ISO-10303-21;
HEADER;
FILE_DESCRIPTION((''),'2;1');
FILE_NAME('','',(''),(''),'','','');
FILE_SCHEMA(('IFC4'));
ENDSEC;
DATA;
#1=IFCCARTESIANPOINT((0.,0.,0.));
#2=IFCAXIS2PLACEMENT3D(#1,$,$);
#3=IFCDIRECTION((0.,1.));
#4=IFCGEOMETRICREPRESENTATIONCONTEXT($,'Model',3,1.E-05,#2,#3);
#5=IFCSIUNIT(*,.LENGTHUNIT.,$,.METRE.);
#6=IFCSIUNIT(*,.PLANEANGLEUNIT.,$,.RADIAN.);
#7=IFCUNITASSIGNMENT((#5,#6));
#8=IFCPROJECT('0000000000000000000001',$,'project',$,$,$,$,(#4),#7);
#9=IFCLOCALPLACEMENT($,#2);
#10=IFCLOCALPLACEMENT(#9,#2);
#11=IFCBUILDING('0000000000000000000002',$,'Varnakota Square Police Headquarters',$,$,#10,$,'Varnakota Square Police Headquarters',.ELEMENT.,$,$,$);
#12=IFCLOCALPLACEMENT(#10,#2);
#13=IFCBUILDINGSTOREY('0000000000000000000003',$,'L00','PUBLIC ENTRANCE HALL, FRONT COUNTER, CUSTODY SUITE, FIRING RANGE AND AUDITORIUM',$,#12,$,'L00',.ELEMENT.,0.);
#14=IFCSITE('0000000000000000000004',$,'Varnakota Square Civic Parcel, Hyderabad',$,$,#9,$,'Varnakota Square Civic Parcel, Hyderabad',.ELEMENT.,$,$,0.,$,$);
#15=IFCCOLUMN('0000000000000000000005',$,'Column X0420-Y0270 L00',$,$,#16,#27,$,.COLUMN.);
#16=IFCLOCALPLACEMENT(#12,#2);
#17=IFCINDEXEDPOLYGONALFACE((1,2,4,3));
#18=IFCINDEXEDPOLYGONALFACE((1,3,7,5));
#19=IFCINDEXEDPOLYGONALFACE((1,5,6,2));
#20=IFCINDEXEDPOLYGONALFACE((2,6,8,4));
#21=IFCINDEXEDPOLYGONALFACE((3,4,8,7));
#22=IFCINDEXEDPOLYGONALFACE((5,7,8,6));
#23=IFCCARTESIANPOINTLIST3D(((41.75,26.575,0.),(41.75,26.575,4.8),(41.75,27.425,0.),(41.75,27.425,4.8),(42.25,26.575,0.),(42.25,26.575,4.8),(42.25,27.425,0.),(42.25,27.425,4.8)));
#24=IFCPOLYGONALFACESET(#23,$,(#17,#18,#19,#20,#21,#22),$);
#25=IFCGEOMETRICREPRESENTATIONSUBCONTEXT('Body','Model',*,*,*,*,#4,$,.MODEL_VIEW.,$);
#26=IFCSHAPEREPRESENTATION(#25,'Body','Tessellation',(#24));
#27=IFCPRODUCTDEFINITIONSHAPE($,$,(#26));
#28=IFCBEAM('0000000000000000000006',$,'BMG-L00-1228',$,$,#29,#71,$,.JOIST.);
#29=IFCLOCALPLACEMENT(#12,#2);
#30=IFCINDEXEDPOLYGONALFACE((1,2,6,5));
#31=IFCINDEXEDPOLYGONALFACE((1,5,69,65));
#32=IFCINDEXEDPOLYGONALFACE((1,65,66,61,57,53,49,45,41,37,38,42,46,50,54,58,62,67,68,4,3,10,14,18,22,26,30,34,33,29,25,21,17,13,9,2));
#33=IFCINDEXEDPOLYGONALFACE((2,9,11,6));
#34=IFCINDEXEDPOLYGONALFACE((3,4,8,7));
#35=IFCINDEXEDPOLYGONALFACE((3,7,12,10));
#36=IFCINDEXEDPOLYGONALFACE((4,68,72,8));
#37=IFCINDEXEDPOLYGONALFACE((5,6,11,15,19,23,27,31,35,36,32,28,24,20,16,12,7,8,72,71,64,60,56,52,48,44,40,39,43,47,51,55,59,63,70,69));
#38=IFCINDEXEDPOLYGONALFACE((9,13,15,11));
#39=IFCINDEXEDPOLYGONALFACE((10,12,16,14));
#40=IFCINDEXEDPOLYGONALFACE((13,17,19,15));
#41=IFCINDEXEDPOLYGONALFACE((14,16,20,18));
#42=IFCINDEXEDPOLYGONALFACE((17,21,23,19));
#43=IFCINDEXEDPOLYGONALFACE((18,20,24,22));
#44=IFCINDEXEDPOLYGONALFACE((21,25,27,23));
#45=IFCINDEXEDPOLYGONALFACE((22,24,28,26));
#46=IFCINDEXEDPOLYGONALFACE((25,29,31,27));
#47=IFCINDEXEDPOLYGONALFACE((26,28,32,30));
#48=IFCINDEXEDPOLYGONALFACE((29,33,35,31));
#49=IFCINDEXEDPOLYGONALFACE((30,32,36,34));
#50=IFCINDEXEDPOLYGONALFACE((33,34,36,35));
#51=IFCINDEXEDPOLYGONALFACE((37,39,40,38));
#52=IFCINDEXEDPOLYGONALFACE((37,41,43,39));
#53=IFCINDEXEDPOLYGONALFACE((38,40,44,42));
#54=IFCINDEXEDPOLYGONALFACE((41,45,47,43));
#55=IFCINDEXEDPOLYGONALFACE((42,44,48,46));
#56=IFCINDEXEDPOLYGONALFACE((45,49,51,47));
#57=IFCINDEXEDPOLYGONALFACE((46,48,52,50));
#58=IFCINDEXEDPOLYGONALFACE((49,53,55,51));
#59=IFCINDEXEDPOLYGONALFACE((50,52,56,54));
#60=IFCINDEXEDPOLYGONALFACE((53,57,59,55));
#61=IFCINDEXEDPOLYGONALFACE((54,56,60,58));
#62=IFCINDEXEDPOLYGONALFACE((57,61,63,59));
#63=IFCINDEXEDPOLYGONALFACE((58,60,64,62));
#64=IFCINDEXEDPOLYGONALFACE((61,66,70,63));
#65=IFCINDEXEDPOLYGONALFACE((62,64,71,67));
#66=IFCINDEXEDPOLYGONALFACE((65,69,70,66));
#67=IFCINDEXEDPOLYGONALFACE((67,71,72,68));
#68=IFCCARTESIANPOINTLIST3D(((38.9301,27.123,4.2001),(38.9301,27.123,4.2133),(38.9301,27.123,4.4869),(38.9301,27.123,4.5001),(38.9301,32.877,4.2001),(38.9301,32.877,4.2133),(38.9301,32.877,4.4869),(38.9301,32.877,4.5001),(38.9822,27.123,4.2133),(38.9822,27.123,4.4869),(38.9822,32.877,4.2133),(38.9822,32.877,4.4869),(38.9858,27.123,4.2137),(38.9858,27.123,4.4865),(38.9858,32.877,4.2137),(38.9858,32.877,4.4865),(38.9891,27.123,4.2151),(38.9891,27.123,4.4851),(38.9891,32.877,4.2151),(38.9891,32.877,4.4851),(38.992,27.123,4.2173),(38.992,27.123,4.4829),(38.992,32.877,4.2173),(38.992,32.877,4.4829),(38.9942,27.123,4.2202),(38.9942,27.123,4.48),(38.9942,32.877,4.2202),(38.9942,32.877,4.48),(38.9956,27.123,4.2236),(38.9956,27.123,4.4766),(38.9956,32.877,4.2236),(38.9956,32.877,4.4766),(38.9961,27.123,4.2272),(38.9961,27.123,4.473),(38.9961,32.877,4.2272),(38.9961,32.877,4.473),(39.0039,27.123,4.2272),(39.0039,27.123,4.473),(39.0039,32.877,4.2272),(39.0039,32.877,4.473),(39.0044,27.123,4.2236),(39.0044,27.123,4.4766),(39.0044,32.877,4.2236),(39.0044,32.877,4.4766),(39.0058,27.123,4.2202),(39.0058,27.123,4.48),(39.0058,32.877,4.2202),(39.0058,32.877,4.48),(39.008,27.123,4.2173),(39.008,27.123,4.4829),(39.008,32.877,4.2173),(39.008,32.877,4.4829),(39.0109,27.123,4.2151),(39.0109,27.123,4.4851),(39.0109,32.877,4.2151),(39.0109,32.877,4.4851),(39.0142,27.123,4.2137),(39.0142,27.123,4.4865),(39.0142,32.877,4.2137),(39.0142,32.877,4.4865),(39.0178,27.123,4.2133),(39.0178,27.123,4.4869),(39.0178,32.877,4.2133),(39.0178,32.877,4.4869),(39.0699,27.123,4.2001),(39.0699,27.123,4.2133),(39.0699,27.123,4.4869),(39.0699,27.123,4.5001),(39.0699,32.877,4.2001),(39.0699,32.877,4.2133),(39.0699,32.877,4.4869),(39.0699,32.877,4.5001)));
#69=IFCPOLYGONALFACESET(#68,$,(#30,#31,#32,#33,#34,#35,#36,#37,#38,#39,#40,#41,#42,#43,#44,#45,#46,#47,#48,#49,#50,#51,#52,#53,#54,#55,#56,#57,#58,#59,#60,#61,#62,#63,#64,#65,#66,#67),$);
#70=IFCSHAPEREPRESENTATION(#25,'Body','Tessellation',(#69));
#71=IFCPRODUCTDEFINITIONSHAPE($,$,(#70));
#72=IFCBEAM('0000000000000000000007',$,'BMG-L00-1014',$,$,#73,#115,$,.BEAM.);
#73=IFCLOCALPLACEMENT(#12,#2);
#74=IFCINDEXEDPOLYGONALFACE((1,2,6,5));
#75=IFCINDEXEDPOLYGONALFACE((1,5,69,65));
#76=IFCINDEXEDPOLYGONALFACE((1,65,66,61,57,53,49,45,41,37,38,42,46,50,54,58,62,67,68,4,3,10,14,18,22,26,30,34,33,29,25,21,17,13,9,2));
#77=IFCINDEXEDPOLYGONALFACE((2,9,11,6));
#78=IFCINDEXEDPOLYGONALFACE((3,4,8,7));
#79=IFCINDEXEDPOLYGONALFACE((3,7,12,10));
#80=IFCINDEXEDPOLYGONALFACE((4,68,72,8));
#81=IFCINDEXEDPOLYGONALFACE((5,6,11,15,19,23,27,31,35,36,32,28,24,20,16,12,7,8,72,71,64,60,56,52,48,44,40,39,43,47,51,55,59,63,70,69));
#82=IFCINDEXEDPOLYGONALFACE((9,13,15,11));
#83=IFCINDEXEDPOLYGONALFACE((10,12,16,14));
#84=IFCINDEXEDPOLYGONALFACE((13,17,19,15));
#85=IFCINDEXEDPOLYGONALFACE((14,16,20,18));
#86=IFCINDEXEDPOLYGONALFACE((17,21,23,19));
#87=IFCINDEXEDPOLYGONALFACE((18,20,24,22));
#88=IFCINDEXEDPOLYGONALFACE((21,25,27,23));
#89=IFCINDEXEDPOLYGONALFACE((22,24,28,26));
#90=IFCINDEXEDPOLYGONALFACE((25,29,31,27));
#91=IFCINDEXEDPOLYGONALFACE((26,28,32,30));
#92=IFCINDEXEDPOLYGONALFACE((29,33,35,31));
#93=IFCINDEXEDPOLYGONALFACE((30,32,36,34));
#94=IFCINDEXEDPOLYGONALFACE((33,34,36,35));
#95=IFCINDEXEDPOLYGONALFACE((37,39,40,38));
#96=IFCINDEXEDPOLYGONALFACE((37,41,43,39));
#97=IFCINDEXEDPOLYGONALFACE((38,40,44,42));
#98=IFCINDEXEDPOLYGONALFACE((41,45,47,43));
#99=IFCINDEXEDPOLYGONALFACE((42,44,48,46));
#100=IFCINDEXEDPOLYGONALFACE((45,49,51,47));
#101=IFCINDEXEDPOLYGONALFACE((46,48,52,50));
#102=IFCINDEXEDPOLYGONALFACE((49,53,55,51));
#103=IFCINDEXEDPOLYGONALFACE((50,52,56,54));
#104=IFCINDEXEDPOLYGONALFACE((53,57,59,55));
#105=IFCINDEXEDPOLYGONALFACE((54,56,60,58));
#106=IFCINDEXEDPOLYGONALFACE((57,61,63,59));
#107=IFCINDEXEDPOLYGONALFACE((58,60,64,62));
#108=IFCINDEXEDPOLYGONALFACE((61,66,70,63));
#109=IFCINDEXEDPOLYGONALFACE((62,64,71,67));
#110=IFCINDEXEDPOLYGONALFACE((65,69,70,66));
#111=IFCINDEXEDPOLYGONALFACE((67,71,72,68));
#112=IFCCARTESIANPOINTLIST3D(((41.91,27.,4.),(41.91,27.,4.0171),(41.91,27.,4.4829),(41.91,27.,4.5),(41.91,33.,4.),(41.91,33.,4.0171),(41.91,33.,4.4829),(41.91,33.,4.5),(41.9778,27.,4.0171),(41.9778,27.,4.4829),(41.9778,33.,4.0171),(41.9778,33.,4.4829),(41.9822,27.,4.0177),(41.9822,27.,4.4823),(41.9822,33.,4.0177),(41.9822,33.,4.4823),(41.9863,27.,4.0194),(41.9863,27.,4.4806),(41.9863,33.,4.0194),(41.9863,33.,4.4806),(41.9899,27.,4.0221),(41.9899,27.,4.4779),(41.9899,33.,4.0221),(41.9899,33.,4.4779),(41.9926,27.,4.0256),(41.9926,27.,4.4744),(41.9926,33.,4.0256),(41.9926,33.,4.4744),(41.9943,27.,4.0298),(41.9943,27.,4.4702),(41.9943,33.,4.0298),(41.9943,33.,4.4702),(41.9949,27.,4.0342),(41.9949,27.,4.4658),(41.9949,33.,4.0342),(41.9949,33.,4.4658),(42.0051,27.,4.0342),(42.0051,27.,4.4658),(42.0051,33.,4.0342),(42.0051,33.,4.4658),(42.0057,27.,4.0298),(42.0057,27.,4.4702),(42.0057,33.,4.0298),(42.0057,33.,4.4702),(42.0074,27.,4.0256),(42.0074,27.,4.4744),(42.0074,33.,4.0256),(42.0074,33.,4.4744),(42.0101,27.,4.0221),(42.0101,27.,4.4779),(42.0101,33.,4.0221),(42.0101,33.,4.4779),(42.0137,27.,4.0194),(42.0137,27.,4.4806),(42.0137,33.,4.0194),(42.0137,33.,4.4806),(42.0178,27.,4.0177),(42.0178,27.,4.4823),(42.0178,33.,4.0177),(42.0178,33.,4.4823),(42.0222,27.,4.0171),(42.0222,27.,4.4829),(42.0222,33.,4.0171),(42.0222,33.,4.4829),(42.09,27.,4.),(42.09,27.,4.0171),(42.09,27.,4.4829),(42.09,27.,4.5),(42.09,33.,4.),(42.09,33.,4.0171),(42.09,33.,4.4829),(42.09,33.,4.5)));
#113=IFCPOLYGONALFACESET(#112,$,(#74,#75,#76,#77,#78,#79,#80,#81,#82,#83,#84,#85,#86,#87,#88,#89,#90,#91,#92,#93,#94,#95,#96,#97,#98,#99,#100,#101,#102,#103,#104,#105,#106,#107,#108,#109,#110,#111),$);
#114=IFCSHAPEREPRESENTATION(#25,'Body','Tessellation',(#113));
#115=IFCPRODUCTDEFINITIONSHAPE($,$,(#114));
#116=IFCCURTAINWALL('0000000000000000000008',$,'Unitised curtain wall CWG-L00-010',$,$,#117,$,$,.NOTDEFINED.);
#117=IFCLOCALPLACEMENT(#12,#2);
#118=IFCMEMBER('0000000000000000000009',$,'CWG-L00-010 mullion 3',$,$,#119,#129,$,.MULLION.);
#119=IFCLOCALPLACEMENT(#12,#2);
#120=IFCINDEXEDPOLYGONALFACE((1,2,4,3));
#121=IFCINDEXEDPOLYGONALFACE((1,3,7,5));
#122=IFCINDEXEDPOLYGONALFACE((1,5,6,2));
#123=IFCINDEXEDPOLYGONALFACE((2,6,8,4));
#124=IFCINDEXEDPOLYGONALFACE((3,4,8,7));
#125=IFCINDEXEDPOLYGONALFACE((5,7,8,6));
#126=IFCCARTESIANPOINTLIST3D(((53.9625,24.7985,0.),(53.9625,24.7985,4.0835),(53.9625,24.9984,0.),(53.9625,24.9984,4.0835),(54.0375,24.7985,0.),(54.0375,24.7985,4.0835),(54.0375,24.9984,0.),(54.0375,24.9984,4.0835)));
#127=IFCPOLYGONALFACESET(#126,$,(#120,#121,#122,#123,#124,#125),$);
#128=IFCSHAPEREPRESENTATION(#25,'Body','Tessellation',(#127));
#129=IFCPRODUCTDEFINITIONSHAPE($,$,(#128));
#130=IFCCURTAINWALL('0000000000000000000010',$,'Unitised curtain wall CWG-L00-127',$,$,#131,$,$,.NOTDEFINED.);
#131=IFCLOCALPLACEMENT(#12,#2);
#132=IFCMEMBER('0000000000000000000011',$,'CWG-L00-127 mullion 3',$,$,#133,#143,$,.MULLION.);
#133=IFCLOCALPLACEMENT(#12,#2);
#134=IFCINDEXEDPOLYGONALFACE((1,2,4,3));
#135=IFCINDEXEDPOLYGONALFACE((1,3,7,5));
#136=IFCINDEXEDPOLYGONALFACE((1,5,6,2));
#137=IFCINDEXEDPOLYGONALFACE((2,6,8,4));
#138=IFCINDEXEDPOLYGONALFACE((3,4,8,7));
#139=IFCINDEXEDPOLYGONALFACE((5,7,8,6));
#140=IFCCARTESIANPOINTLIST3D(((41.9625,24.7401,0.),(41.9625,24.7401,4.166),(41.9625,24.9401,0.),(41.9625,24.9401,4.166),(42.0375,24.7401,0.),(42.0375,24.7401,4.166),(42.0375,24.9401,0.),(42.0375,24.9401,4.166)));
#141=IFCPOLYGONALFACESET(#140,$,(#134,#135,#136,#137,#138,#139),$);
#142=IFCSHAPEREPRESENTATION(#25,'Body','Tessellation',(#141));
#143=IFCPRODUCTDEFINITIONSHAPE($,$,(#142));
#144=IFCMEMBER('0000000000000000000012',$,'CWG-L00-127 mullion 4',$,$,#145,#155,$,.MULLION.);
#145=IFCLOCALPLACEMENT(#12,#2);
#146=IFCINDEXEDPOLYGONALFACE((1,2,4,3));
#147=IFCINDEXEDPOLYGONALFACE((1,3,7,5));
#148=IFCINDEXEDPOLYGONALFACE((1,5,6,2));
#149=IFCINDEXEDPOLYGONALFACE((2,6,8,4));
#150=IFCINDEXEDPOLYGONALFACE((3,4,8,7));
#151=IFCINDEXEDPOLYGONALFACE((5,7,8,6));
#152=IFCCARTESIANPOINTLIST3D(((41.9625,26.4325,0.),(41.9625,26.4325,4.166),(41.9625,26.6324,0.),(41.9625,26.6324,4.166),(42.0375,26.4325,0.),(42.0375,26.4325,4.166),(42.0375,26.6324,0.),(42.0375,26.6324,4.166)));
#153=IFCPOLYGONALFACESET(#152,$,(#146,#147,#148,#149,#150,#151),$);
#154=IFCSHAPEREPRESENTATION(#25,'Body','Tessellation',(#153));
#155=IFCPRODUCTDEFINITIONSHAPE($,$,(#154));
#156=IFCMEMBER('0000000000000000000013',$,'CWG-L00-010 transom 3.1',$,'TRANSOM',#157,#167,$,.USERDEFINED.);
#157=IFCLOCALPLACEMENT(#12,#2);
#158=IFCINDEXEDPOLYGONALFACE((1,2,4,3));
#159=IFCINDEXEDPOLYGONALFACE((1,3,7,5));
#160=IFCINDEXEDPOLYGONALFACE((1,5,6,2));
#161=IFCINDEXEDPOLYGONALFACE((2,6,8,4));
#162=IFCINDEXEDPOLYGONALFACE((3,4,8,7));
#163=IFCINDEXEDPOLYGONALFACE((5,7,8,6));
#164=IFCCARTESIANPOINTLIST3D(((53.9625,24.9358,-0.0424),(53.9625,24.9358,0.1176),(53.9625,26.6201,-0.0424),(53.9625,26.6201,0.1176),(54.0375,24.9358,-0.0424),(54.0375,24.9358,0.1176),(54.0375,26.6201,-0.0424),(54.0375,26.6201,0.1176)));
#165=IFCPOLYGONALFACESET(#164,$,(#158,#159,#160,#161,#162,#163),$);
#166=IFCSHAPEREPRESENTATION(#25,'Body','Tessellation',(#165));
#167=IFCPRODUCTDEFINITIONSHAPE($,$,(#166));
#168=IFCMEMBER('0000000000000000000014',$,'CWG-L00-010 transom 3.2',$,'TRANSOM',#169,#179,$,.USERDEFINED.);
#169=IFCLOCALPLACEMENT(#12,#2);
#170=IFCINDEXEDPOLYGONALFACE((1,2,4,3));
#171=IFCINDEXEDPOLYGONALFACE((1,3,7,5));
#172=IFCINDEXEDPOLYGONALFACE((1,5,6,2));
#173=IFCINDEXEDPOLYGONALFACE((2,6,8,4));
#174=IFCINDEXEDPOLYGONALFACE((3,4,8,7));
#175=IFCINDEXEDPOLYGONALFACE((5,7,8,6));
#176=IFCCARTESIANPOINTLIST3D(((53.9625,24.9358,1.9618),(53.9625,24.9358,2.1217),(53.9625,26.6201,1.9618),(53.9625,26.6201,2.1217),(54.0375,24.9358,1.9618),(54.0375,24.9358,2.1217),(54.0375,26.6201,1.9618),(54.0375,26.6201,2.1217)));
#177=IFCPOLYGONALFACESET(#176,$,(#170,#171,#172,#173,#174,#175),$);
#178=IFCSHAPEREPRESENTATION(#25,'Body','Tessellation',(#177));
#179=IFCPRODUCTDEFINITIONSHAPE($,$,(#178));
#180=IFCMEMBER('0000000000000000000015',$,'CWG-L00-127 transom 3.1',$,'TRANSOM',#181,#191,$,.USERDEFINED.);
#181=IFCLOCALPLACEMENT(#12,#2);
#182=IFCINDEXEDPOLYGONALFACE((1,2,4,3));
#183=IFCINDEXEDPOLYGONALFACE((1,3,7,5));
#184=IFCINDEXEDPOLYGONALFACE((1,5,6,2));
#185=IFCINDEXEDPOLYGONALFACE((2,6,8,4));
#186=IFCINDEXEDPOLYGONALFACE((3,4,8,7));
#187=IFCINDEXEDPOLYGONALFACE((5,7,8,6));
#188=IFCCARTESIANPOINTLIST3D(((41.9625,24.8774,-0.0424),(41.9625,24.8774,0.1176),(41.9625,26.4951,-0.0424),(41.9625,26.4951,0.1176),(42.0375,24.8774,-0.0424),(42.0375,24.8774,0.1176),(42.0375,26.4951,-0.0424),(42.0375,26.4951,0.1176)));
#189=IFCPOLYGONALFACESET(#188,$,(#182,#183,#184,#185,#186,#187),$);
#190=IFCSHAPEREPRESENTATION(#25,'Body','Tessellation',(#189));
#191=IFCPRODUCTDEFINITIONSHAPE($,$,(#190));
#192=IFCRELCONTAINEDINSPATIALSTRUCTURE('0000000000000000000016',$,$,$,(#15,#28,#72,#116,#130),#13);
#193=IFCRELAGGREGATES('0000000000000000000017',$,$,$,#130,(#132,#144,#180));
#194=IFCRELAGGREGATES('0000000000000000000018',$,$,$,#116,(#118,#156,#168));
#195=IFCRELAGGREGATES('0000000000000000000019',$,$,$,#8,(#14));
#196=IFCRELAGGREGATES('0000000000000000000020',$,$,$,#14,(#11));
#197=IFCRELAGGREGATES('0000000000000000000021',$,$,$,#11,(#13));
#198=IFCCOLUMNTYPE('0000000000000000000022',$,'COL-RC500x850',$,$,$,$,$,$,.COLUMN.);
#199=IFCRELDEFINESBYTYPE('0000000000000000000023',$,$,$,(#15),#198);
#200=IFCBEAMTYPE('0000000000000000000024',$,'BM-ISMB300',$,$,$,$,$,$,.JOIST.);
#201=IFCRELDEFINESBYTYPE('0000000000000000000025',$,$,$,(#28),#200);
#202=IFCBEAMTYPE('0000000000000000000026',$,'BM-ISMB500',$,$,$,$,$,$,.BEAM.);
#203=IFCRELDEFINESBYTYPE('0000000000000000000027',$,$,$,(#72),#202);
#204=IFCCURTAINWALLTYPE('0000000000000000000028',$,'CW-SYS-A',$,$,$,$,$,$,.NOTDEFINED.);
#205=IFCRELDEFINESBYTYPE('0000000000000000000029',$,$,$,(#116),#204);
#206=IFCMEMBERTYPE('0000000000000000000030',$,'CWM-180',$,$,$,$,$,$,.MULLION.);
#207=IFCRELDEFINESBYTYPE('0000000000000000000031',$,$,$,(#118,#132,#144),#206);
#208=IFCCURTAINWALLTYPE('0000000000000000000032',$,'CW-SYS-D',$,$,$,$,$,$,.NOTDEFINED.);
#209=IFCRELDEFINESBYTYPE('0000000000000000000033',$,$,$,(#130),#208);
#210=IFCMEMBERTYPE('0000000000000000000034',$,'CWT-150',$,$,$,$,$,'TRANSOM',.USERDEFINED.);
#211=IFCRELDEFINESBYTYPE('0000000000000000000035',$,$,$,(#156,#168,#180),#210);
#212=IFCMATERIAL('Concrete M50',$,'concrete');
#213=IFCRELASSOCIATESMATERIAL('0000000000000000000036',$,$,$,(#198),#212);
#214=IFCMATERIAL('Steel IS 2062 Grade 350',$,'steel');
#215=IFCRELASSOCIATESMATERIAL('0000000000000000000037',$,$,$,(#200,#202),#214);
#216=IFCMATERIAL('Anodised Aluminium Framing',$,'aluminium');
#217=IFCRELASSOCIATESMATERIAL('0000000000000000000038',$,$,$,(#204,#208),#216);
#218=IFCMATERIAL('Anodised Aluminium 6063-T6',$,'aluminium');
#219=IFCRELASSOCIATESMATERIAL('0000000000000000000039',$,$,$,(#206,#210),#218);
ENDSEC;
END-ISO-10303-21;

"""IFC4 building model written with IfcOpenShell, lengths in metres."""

from ifc_helpers import new_model, si_unit, direction, frame, origin, origin_2d, place, context, subcontext, project, spatial, rectangle, i_section, extrude, material, material_profile, profile_set, type_object, element, aggregate, save


model = new_model("IFC4")

# Units and contexts
model_context = context("Model", 3, precision=1e-05, world=origin(), true_north=direction((0.0, 1.0)))
body_context = subcontext(model_context, "Body", "Model", "MODEL_VIEW")
ifc_project = project(units=[si_unit("LENGTHUNIT", "METRE"), si_unit("PLANEANGLEUNIT", "RADIAN")], contexts=[model_context])

# Site, building, storey
site_placement = place(None, origin())
site = spatial("IfcSite", under=ifc_project, at=site_placement, Name="Varnakota Square Civic Parcel, Hyderabad", LongName="Varnakota Square Civic Parcel, Hyderabad", CompositionType="ELEMENT", RefElevation=0.0)
building_placement = place(site_placement, origin())
building = spatial("IfcBuilding", under=site, at=building_placement, Name="Varnakota Square Police Headquarters", LongName="Varnakota Square Police Headquarters", CompositionType="ELEMENT")
storey_placement = place(building_placement, origin())
storey = spatial("IfcBuildingStorey", under=building, at=storey_placement, Name="L00", Description="PUBLIC ENTRANCE HALL, FRONT COUNTER, CUSTODY SUITE, FIRING RANGE AND AUDITORIUM", LongName="L00", CompositionType="ELEMENT", Elevation=0.0)

# Column
ifc_material_1 = material(Name="Concrete M50", Category="concrete")
ifc_material_profile_1 = material_profile(ifc_material_1, rectangle(XDim=0.5, YDim=0.8501, at=origin_2d()), Name="RC 500x850")
ifc_profile_set_1 = profile_set([ifc_material_profile_1], Name="Concrete M50")
column_type = type_object("IfcColumnType", Name="COL-RC500x850", PredefinedType="COLUMN", material=ifc_profile_set_1)
column_placement = place(storey_placement, frame((42.0, 27.0, 0.0), z_axis=(0.0, 0.0, 1.0), x_axis=(1.0, 0.0, 0.0)))
element("IfcColumn", 1, at=column_placement, inside=storey, type_object=column_type, Name="Column X0420-Y0270 L00", PredefinedType="COLUMN", context=body_context, shape_type="SweptSolid", body=[
    extrude(rectangle(XDim=0.5, YDim=0.8501, at=origin_2d()), origin(), (0.0, 0.0, 1.0), 4.8),
])

# Beams
ifc_material_2 = material(Name="Steel IS 2062 Grade 350", Category="steel")
ifc_material_profile_2 = material_profile(ifc_material_2, i_section(OverallWidth=0.1399, OverallDepth=0.3, WebThickness=0.0078, FlangeThickness=0.0132, FilletRadius=0.0139, at=origin_2d()), Name="ISMB 300")
ifc_profile_set_2 = profile_set([ifc_material_profile_2], Name="Steel IS 2062 Grade 350")
beam_type_1 = type_object("IfcBeamType", Name="BM-ISMB300", PredefinedType="JOIST", material=ifc_profile_set_2)
beam_1_placement = place(storey_placement, frame((39.0, 27.123, 4.3501), z_axis=(0.0, 1.0, 0.0), x_axis=(-1.0, 0.0, 0.0)))
element("IfcBeam", 2, at=beam_1_placement, inside=storey, type_object=beam_type_1, Name="BMG-L00-1228", PredefinedType="JOIST", context=body_context, shape_type="SweptSolid", body=[
    extrude(i_section(OverallWidth=0.1399, OverallDepth=0.3, WebThickness=0.0078, FlangeThickness=0.0132, FilletRadius=0.0139, at=origin_2d()), origin(), (0.0, 0.0, 1.0), 5.7539),
])
ifc_material_profile_3 = material_profile(ifc_material_2, i_section(OverallWidth=0.1799, OverallDepth=0.5, WebThickness=0.0103, FlangeThickness=0.0171, FilletRadius=0.0171, at=origin_2d()), Name="ISMB 500")
ifc_profile_set_3 = profile_set([ifc_material_profile_3], Name="Steel IS 2062 Grade 350")
beam_type_2 = type_object("IfcBeamType", Name="BM-ISMB500", PredefinedType="BEAM", material=ifc_profile_set_3)
beam_2_placement = place(storey_placement, frame((42.0, 27.0, 4.25), z_axis=(0.0, 1.0, 0.0), x_axis=(-1.0, 0.0, 0.0)))
element("IfcBeam", 3, at=beam_2_placement, inside=storey, type_object=beam_type_2, Name="BMG-L00-1014", PredefinedType="BEAM", context=body_context, shape_type="SweptSolid", body=[
    extrude(i_section(OverallWidth=0.1799, OverallDepth=0.5, WebThickness=0.0103, FlangeThickness=0.0171, FilletRadius=0.0171, at=origin_2d()), origin(), (0.0, 0.0, 1.0), 6.0),
])

# Curtain wall, member
ifc_material_3 = material(Name="Anodised Aluminium Framing", Category="aluminium")
curtain_wall_type_1 = type_object("IfcCurtainWallType", Name="CW-SYS-A", PredefinedType="NOTDEFINED", material=ifc_material_3)
curtain_wall_1_placement = place(storey_placement, origin())
curtain_wall_1 = element("IfcCurtainWall", 4, at=curtain_wall_1_placement, inside=storey, type_object=curtain_wall_type_1, Name="Unitised curtain wall CWG-L00-010", PredefinedType="NOTDEFINED")
ifc_material_4 = material(Name="Anodised Aluminium 6063-T6", Category="aluminium")
ifc_material_profile_4 = material_profile(ifc_material_4, rectangle(XDim=0.075, YDim=0.2, at=origin_2d()), Name="ALU MULLION 75x200")
ifc_profile_set_4 = profile_set([ifc_material_profile_4], Name="Anodised Aluminium 6063-T6")
member_type_1 = type_object("IfcMemberType", Name="CWM-180", PredefinedType="MULLION", material=ifc_profile_set_4)
member_1_placement = place(storey_placement, frame((54.0, 24.8984, 0.0), z_axis=(0.0, 0.0, 1.0), x_axis=(-1.0, 0.0, 0.0)))
member_1 = element("IfcMember", 5, at=member_1_placement, type_object=member_type_1, Name="CWG-L00-010 mullion 3", PredefinedType="MULLION", context=body_context, shape_type="SweptSolid", body=[
    extrude(rectangle(XDim=0.075, YDim=0.2, at=origin_2d()), origin(), (0.0, 0.0, 1.0), 4.0835),
])

# Curtain wall, members
curtain_wall_type_2 = type_object("IfcCurtainWallType", Name="CW-SYS-D", PredefinedType="NOTDEFINED", material=ifc_material_3)
curtain_wall_2_placement = place(storey_placement, origin())
curtain_wall_2 = element("IfcCurtainWall", 6, at=curtain_wall_2_placement, inside=storey, type_object=curtain_wall_type_2, Name="Unitised curtain wall CWG-L00-127", PredefinedType="NOTDEFINED")
member_2_placement = place(storey_placement, frame((42.0, 24.8401, 0.0), z_axis=(0.0, 0.0, 1.0), x_axis=(-1.0, 0.0, 0.0)))
member_2 = element("IfcMember", 7, at=member_2_placement, type_object=member_type_1, Name="CWG-L00-127 mullion 3", PredefinedType="MULLION", context=body_context, shape_type="SweptSolid", body=[
    extrude(rectangle(XDim=0.075, YDim=0.2, at=origin_2d()), origin(), (0.0, 0.0, 1.0), 4.166),
])
member_3_placement = place(storey_placement, frame((42.0, 26.5325, 0.0), z_axis=(0.0, 0.0, 1.0), x_axis=(-1.0, 0.0, 0.0)))
member_3 = element("IfcMember", 8, at=member_3_placement, type_object=member_type_1, Name="CWG-L00-127 mullion 4", PredefinedType="MULLION", context=body_context, shape_type="SweptSolid", body=[
    extrude(rectangle(XDim=0.075, YDim=0.2, at=origin_2d()), origin(), (0.0, 0.0, 1.0), 4.166),
])

# Members
ifc_material_profile_5 = material_profile(ifc_material_4, rectangle(XDim=0.075, YDim=0.1599, at=origin_2d()), Name="ALU TRANSOM 75x160")
ifc_profile_set_5 = profile_set([ifc_material_profile_5], Name="Anodised Aluminium 6063-T6")
member_type_2 = type_object("IfcMemberType", Name="CWT-150", ElementType="TRANSOM", PredefinedType="USERDEFINED", material=ifc_profile_set_5)
member_4_placement = place(storey_placement, frame((54.0, 24.9358, 0.0376), z_axis=(0.0, 1.0, 0.0), x_axis=(-1.0, 0.0, 0.0)))
member_4 = element("IfcMember", 9, at=member_4_placement, type_object=member_type_2, Name="CWG-L00-010 transom 3.1", ObjectType="TRANSOM", PredefinedType="USERDEFINED", context=body_context, shape_type="SweptSolid", body=[
    extrude(rectangle(XDim=0.075, YDim=0.1599, at=origin_2d()), origin(), (0.0, 0.0, 1.0), 1.6843),
])
member_5_placement = place(storey_placement, frame((54.0, 24.9358, 2.0417), z_axis=(0.0, 1.0, 0.0), x_axis=(-1.0, 0.0, 0.0)))
member_5 = element("IfcMember", 10, at=member_5_placement, type_object=member_type_2, Name="CWG-L00-010 transom 3.2", ObjectType="TRANSOM", PredefinedType="USERDEFINED", context=body_context, shape_type="SweptSolid", body=[
    extrude(rectangle(XDim=0.075, YDim=0.1599, at=origin_2d()), origin(), (0.0, 0.0, 1.0), 1.6843),
])
member_6_placement = place(storey_placement, frame((42.0, 24.8774, 0.0376), z_axis=(0.0, 1.0, 0.0), x_axis=(-1.0, 0.0, 0.0)))
member_6 = element("IfcMember", 11, at=member_6_placement, type_object=member_type_2, Name="CWG-L00-127 transom 3.1", ObjectType="TRANSOM", PredefinedType="USERDEFINED", context=body_context, shape_type="SweptSolid", body=[
    extrude(rectangle(XDim=0.075, YDim=0.1599, at=origin_2d()), origin(), (0.0, 0.0, 1.0), 1.6177),
])

aggregate(curtain_wall_2, [member_2, member_3, member_6])
aggregate(curtain_wall_1, [member_1, member_4, member_5])

save(model, "model.ifc")
